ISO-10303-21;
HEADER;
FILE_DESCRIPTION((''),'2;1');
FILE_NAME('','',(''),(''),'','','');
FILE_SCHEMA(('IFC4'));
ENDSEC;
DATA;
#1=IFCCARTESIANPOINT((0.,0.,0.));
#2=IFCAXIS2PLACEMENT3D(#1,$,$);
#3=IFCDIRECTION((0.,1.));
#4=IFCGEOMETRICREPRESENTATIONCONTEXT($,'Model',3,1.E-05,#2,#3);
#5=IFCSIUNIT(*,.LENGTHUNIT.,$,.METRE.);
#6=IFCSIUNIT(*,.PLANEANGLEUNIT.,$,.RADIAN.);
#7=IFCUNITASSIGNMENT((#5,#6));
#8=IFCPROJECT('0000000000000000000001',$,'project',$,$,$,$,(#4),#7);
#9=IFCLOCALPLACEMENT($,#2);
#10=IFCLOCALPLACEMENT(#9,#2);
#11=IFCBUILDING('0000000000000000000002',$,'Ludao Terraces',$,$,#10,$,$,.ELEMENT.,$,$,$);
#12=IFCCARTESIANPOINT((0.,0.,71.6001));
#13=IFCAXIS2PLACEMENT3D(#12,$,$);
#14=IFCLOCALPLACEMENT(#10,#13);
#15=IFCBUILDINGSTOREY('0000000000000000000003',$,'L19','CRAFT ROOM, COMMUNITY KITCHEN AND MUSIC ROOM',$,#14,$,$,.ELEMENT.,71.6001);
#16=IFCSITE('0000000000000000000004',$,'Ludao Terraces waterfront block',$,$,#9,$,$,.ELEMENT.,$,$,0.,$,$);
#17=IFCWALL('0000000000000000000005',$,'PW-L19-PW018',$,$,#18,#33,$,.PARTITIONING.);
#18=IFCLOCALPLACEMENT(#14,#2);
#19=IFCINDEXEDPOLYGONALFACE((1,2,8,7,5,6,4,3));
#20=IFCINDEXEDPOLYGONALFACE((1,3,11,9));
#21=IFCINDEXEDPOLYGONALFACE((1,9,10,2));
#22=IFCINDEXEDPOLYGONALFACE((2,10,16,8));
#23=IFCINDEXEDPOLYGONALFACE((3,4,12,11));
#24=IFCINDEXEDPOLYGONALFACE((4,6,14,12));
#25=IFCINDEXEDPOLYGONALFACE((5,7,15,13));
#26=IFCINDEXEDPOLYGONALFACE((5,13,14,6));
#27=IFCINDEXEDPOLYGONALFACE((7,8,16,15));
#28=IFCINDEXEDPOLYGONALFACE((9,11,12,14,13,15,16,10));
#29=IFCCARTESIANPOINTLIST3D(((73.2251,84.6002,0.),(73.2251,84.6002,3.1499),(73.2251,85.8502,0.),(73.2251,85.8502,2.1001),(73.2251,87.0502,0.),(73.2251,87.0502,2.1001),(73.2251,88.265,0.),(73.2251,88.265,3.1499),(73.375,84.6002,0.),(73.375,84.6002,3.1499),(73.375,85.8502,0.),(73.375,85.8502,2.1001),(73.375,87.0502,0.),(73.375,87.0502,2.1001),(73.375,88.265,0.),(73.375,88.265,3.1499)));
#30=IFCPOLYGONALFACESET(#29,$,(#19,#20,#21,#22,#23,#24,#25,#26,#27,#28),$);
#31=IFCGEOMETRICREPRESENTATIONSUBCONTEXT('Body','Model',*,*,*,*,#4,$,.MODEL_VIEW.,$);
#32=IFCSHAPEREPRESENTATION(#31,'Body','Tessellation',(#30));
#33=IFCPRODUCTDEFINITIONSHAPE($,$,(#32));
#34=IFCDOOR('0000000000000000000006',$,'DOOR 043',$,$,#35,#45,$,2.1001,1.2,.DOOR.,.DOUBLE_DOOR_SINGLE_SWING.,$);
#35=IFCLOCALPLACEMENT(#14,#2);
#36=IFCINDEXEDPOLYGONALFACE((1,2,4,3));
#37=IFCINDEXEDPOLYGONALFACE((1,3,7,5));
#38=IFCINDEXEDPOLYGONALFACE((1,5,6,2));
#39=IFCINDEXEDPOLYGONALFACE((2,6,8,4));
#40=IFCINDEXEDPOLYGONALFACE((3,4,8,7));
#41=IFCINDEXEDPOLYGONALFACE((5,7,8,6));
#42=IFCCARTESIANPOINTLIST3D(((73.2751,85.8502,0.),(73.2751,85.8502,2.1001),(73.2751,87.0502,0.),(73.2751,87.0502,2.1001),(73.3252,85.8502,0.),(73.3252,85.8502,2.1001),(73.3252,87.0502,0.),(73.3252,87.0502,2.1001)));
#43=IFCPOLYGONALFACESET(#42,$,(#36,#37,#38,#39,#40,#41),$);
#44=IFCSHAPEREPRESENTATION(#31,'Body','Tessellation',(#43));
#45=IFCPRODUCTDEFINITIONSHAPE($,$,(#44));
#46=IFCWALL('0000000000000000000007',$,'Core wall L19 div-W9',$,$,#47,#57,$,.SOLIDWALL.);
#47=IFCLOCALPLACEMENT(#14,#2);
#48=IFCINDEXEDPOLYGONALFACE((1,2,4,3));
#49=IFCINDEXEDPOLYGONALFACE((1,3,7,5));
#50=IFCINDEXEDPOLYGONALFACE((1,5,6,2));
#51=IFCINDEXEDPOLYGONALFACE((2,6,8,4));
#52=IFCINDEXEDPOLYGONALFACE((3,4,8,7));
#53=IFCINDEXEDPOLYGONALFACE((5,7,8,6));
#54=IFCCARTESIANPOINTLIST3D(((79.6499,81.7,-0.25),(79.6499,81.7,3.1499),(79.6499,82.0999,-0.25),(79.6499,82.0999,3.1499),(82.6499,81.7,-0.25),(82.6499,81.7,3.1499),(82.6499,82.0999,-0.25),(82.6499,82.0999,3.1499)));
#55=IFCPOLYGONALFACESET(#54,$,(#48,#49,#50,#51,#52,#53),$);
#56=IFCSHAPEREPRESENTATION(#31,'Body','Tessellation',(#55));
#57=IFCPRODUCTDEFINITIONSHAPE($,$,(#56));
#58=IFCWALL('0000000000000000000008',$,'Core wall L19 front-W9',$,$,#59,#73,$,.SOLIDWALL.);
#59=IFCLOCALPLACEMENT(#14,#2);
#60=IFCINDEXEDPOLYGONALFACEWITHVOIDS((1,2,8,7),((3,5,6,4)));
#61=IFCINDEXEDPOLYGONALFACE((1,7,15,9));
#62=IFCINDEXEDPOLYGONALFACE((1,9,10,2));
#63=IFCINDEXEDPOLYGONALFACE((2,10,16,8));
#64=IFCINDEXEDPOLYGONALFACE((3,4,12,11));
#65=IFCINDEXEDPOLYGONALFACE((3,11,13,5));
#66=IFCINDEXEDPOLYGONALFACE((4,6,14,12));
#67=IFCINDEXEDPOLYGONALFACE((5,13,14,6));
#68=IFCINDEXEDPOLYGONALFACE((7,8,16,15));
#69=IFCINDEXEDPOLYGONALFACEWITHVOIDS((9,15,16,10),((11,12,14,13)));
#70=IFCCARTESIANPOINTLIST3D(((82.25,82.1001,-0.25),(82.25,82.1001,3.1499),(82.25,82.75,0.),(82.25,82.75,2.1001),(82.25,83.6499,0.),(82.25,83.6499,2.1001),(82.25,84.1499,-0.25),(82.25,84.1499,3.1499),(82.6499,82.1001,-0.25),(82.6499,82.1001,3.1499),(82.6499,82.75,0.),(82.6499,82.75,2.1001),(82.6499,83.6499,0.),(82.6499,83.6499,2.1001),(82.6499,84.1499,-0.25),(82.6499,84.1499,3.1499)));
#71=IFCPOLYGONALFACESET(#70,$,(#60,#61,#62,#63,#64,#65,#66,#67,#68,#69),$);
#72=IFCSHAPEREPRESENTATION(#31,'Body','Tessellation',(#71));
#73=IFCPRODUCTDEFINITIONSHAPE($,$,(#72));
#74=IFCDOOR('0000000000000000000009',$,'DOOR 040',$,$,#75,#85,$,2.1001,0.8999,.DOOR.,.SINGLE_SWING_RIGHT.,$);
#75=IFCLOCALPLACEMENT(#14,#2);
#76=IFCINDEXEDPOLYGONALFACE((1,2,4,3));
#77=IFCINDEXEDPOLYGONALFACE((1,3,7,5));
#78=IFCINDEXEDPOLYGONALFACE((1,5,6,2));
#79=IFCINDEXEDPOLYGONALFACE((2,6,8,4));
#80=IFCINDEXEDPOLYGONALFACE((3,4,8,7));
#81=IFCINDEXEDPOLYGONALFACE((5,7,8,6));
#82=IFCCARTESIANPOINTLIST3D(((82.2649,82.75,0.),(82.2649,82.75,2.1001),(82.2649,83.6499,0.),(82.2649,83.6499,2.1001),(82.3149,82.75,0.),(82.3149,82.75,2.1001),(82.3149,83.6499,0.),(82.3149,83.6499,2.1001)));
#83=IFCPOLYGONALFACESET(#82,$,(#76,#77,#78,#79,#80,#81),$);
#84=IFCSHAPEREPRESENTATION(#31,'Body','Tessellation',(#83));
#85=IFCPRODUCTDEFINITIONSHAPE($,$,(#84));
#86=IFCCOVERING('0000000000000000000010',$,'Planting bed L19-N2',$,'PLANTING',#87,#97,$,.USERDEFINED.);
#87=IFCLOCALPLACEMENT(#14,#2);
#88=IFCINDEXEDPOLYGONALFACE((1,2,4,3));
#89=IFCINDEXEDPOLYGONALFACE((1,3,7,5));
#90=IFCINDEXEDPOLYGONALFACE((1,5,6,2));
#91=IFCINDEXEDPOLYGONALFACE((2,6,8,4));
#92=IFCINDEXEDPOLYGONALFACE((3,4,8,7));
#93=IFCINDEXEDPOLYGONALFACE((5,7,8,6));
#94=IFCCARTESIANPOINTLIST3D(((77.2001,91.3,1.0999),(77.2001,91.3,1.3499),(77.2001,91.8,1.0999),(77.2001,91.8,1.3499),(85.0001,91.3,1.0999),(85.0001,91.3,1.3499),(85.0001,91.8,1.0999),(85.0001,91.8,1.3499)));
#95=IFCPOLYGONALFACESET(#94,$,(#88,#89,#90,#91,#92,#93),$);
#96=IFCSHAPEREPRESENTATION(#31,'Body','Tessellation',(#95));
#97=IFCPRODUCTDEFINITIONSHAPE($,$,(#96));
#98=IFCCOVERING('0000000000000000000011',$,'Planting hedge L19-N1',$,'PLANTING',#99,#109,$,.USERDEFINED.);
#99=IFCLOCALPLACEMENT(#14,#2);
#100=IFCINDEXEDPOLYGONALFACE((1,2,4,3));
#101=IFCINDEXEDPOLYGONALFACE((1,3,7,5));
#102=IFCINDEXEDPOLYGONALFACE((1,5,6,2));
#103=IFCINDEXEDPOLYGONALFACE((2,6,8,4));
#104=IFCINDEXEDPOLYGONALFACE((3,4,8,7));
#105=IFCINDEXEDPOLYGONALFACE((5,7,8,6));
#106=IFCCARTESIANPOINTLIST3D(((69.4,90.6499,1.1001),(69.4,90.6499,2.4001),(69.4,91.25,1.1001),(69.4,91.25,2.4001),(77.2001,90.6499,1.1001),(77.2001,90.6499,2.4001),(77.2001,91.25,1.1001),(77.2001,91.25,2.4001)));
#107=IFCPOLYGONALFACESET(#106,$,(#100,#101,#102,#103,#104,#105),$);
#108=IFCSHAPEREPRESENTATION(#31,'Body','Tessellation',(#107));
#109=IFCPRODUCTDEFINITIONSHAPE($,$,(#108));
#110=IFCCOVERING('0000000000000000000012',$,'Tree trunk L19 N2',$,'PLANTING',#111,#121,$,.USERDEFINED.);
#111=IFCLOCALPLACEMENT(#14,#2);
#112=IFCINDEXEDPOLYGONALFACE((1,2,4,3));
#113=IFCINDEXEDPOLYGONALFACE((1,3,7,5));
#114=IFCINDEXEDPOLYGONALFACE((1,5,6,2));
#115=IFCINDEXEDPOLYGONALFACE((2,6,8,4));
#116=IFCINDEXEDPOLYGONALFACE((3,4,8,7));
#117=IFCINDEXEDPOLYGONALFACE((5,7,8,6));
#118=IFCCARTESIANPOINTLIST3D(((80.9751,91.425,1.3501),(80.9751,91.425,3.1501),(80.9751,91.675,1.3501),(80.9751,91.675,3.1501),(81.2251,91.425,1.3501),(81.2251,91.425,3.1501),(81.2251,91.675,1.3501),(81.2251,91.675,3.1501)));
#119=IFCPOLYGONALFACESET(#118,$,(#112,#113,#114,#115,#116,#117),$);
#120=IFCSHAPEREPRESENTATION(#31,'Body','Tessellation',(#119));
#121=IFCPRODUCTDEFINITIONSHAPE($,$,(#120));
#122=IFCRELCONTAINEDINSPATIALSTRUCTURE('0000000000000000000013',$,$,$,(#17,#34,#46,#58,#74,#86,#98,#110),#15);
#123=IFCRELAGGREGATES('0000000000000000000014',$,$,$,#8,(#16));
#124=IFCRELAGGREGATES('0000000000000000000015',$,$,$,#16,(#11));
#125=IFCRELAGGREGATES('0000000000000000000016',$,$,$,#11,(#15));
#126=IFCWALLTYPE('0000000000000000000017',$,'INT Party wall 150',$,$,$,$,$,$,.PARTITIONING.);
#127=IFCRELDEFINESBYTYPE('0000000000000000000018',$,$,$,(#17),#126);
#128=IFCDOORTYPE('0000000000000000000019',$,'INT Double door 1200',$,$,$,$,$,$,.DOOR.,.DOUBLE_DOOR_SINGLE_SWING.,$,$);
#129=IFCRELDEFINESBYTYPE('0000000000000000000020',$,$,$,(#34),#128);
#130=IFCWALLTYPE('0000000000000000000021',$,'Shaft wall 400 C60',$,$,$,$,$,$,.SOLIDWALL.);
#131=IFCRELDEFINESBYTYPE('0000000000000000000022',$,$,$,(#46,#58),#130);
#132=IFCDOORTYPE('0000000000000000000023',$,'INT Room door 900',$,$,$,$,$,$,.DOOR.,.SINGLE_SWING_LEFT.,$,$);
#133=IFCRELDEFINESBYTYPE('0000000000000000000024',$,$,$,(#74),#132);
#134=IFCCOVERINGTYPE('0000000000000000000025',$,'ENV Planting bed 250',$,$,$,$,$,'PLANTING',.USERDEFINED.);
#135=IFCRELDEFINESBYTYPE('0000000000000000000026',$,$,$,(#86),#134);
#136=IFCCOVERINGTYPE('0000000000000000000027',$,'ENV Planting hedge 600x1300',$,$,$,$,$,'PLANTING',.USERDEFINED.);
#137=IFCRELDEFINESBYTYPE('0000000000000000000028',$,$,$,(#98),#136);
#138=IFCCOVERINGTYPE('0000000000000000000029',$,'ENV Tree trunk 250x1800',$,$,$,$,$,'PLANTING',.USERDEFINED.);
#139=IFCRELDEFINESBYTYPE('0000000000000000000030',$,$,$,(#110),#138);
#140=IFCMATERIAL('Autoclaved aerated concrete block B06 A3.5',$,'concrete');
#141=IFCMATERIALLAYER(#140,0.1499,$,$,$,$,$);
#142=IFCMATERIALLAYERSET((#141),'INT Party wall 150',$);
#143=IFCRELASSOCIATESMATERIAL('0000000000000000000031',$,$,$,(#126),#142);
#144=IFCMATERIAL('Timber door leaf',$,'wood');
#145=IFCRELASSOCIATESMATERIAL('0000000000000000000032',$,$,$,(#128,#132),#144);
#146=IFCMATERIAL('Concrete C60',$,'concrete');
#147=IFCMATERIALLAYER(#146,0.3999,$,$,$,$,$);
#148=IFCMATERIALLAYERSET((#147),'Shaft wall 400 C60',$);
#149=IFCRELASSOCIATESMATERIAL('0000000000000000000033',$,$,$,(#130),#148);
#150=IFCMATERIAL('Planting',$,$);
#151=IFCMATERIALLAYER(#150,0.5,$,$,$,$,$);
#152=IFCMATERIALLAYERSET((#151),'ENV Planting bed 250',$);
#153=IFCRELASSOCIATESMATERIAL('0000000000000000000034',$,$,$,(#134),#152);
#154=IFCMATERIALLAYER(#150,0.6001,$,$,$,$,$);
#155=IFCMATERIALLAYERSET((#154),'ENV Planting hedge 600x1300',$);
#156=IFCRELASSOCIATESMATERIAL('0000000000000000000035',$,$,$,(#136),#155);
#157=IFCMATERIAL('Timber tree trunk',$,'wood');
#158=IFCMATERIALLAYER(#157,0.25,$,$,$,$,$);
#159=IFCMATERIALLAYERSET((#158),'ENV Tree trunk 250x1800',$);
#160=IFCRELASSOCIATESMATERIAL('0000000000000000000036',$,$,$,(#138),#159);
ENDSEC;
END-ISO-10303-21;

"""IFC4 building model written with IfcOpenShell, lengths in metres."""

from ifc_helpers import new_model, si_unit, direction, frame, frame_2d, origin, origin_2d, place, context, subcontext, project, spatial, rectangle, extrude, material, layer, layer_set, type_object, element, fill, save


model = new_model("IFC4")

# Units and contexts
model_context = context("Model", 3, precision=1e-05, world=origin(), true_north=direction((0.0, 1.0)))
body_context = subcontext(model_context, "Body", "Model", "MODEL_VIEW")
ifc_project = project(units=[si_unit("LENGTHUNIT", "METRE"), si_unit("PLANEANGLEUNIT", "RADIAN")], contexts=[model_context])

# Site, building, storey
site_placement = place(None, origin())
site = spatial("IfcSite", under=ifc_project, at=site_placement, Name="Ludao Terraces waterfront block", CompositionType="ELEMENT", RefElevation=0.0)
building_placement = place(site_placement, origin())
building = spatial("IfcBuilding", under=site, at=building_placement, Name="Ludao Terraces", CompositionType="ELEMENT")
storey_placement = place(building_placement, frame((0.0, 0.0, 71.6001)))
storey = spatial("IfcBuildingStorey", under=building, at=storey_placement, Name="L19", Description="CRAFT ROOM, COMMUNITY KITCHEN AND MUSIC ROOM", CompositionType="ELEMENT", Elevation=71.6001)

# Shared definitions
ifc_material_1 = material(Name="Autoclaved aerated concrete block B06 A3.5", Category="concrete")

# Wall, opening, door
ifc_layer_1 = layer(ifc_material_1, 0.1499)
ifc_layer_set_1 = layer_set([ifc_layer_1], Name="INT Party wall 150")
wall_type_1 = type_object("IfcWallType", Name="INT Party wall 150", PredefinedType="PARTITIONING", material=ifc_layer_set_1)
wall_1_placement = place(storey_placement, frame((73.3, 84.6001, 0.0), z_axis=(0.0, 0.0, 1.0), x_axis=(0.0, 1.0, 0.0)))
wall_1 = element("IfcWall", 1, at=wall_1_placement, inside=storey, type_object=wall_type_1, Name="PW-L19-PW018", PredefinedType="PARTITIONING", context=body_context, shape_type="SweptSolid", body=[
    extrude(rectangle(XDim=3.6648, YDim=0.1499, at=frame_2d((1.8325, 0.0))), origin(), (0.0, 0.0, 1.0), 3.1499),
])
opening_1_placement = place(wall_1_placement, frame((1.25, 0.0, 0.0)))
opening_1 = element("IfcOpeningElement", 2, at=opening_1_placement, cuts=wall_1, PredefinedType="OPENING", context=body_context, shape_type="SweptSolid", body=[
    extrude(rectangle(XDim=1.2, YDim=2.1001, at=frame_2d((0.6001, 1.05))), frame((0.0, 0.085, 0.0), z_axis=(0.0, -1.0, 0.0), x_axis=(1.0, 0.0, 0.0)), (0.0, 0.0, 1.0), 0.1699),
])
ifc_material_2 = material(Name="Timber door leaf", Category="wood")
door_type_1 = type_object("IfcDoorType", Name="INT Double door 1200", OperationType="DOUBLE_DOOR_SINGLE_SWING", PredefinedType="DOOR", material=ifc_material_2)
door_1_placement = place(opening_1_placement, origin())
door_1 = element("IfcDoor", 3, at=door_1_placement, inside=storey, type_object=door_type_1, Name="DOOR 043", OperationType="DOUBLE_DOOR_SINGLE_SWING", OverallHeight=2.1001, OverallWidth=1.2, PredefinedType="DOOR", context=body_context, shape_type="SweptSolid", body=[
    extrude(rectangle(XDim=1.2, YDim=2.1001, at=frame_2d((0.6001, 1.05))), frame((0.0, 0.0249, 0.0), z_axis=(0.0, -1.0, 0.0), x_axis=(1.0, 0.0, 0.0)), (0.0, 0.0, 1.0), 0.05),
])
fill(opening_1, door_1)

# Wall
ifc_material_3 = material(Name="Concrete C60", Category="concrete")
ifc_layer_2 = layer(ifc_material_3, 0.3999)
ifc_layer_set_2 = layer_set([ifc_layer_2], Name="Shaft wall 400 C60")
wall_type_2 = type_object("IfcWallType", Name="Shaft wall 400 C60", PredefinedType="SOLIDWALL", material=ifc_layer_set_2)
wall_2_placement = place(storey_placement, frame((79.6499, 81.8999, -0.25), z_axis=(0.0, 0.0, 1.0), x_axis=(1.0, 0.0, 0.0)))
element("IfcWall", 4, at=wall_2_placement, inside=storey, type_object=wall_type_2, Name="Core wall L19 div-W9", PredefinedType="SOLIDWALL", context=body_context, shape_type="SweptSolid", body=[
    extrude(rectangle(XDim=3.0, YDim=0.3999, at=frame_2d((1.5, 0.0))), origin(), (0.0, 0.0, 1.0), 3.3999),
])

# Wall, opening, door
wall_3_placement = place(storey_placement, frame((82.45, 82.1001, -0.25), z_axis=(0.0, 0.0, 1.0), x_axis=(0.0, 1.0, 0.0)))
wall_3 = element("IfcWall", 5, at=wall_3_placement, inside=storey, type_object=wall_type_2, Name="Core wall L19 front-W9", PredefinedType="SOLIDWALL", context=body_context, shape_type="SweptSolid", body=[
    extrude(rectangle(XDim=2.0498, YDim=0.3999, at=frame_2d((1.0249, 0.0))), origin(), (0.0, 0.0, 1.0), 3.3999),
])
opening_2_placement = place(wall_3_placement, frame((0.6499, 0.0, 0.25)))
opening_2 = element("IfcOpeningElement", 6, at=opening_2_placement, cuts=wall_3, PredefinedType="OPENING", context=body_context, shape_type="SweptSolid", body=[
    extrude(rectangle(XDim=0.8999, YDim=2.1001, at=frame_2d((0.45, 1.05))), frame((0.0, 0.21, 0.0), z_axis=(0.0, -1.0, 0.0), x_axis=(1.0, 0.0, 0.0)), (0.0, 0.0, 1.0), 0.4199),
])
door_type_2 = type_object("IfcDoorType", Name="INT Room door 900", OperationType="SINGLE_SWING_LEFT", PredefinedType="DOOR", material=ifc_material_2)
door_2_placement = place(opening_2_placement, origin())
door_2 = element("IfcDoor", 7, at=door_2_placement, inside=storey, type_object=door_type_2, Name="DOOR 040", OperationType="SINGLE_SWING_RIGHT", OverallHeight=2.1001, OverallWidth=0.8999, PredefinedType="DOOR", context=body_context, shape_type="SweptSolid", body=[
    extrude(rectangle(XDim=0.8999, YDim=2.1001, at=frame_2d((0.45, 1.05))), frame((0.0, 0.1851, 0.0), z_axis=(0.0, -1.0, 0.0), x_axis=(1.0, 0.0, 0.0)), (0.0, 0.0, 1.0), 0.05),
])
fill(opening_2, door_2)

# Coverings
ifc_material_4 = material(Name="Planting")
ifc_layer_3 = layer(ifc_material_4, 0.5)
ifc_layer_set_3 = layer_set([ifc_layer_3], Name="ENV Planting bed 250")
covering_type_1 = type_object("IfcCoveringType", Name="ENV Planting bed 250", ElementType="PLANTING", PredefinedType="USERDEFINED", material=ifc_layer_set_3)
covering_1_placement = place(storey_placement, frame((81.1001, 91.55, 1.0999), z_axis=(0.0, 0.0, 1.0), x_axis=(1.0, 0.0, 0.0)))
element("IfcCovering", 8, at=covering_1_placement, inside=storey, type_object=covering_type_1, Name="Planting bed L19-N2", ObjectType="PLANTING", PredefinedType="USERDEFINED", context=body_context, shape_type="SweptSolid", body=[
    extrude(rectangle(XDim=7.8, YDim=0.5, at=origin_2d()), origin(), (0.0, 0.0, 1.0), 0.25),
])
ifc_layer_4 = layer(ifc_material_4, 0.6001)
ifc_layer_set_4 = layer_set([ifc_layer_4], Name="ENV Planting hedge 600x1300")
covering_type_2 = type_object("IfcCoveringType", Name="ENV Planting hedge 600x1300", ElementType="PLANTING", PredefinedType="USERDEFINED", material=ifc_layer_set_4)
covering_2_placement = place(storey_placement, frame((73.3, 90.95, 1.1001), z_axis=(0.0, 0.0, 1.0), x_axis=(1.0, 0.0, 0.0)))
element("IfcCovering", 9, at=covering_2_placement, inside=storey, type_object=covering_type_2, Name="Planting hedge L19-N1", ObjectType="PLANTING", PredefinedType="USERDEFINED", context=body_context, shape_type="SweptSolid", body=[
    extrude(rectangle(XDim=7.8, YDim=0.6001, at=origin_2d()), origin(), (0.0, 0.0, 1.0), 1.3),
])
ifc_material_5 = material(Name="Timber tree trunk", Category="wood")
ifc_layer_5 = layer(ifc_material_5, 0.25)
ifc_layer_set_5 = layer_set([ifc_layer_5], Name="ENV Tree trunk 250x1800")
covering_type_3 = type_object("IfcCoveringType", Name="ENV Tree trunk 250x1800", ElementType="PLANTING", PredefinedType="USERDEFINED", material=ifc_layer_set_5)
covering_3_placement = place(storey_placement, frame((81.1001, 91.55, 1.3501), z_axis=(0.0, 0.0, 1.0), x_axis=(1.0, 0.0, 0.0)))
element("IfcCovering", 10, at=covering_3_placement, inside=storey, type_object=covering_type_3, Name="Tree trunk L19 N2", ObjectType="PLANTING", PredefinedType="USERDEFINED", context=body_context, shape_type="SweptSolid", body=[
    extrude(rectangle(XDim=0.25, YDim=0.25, at=origin_2d()), origin(), (0.0, 0.0, 1.0), 1.8),
])

save(model, "model.ifc")
